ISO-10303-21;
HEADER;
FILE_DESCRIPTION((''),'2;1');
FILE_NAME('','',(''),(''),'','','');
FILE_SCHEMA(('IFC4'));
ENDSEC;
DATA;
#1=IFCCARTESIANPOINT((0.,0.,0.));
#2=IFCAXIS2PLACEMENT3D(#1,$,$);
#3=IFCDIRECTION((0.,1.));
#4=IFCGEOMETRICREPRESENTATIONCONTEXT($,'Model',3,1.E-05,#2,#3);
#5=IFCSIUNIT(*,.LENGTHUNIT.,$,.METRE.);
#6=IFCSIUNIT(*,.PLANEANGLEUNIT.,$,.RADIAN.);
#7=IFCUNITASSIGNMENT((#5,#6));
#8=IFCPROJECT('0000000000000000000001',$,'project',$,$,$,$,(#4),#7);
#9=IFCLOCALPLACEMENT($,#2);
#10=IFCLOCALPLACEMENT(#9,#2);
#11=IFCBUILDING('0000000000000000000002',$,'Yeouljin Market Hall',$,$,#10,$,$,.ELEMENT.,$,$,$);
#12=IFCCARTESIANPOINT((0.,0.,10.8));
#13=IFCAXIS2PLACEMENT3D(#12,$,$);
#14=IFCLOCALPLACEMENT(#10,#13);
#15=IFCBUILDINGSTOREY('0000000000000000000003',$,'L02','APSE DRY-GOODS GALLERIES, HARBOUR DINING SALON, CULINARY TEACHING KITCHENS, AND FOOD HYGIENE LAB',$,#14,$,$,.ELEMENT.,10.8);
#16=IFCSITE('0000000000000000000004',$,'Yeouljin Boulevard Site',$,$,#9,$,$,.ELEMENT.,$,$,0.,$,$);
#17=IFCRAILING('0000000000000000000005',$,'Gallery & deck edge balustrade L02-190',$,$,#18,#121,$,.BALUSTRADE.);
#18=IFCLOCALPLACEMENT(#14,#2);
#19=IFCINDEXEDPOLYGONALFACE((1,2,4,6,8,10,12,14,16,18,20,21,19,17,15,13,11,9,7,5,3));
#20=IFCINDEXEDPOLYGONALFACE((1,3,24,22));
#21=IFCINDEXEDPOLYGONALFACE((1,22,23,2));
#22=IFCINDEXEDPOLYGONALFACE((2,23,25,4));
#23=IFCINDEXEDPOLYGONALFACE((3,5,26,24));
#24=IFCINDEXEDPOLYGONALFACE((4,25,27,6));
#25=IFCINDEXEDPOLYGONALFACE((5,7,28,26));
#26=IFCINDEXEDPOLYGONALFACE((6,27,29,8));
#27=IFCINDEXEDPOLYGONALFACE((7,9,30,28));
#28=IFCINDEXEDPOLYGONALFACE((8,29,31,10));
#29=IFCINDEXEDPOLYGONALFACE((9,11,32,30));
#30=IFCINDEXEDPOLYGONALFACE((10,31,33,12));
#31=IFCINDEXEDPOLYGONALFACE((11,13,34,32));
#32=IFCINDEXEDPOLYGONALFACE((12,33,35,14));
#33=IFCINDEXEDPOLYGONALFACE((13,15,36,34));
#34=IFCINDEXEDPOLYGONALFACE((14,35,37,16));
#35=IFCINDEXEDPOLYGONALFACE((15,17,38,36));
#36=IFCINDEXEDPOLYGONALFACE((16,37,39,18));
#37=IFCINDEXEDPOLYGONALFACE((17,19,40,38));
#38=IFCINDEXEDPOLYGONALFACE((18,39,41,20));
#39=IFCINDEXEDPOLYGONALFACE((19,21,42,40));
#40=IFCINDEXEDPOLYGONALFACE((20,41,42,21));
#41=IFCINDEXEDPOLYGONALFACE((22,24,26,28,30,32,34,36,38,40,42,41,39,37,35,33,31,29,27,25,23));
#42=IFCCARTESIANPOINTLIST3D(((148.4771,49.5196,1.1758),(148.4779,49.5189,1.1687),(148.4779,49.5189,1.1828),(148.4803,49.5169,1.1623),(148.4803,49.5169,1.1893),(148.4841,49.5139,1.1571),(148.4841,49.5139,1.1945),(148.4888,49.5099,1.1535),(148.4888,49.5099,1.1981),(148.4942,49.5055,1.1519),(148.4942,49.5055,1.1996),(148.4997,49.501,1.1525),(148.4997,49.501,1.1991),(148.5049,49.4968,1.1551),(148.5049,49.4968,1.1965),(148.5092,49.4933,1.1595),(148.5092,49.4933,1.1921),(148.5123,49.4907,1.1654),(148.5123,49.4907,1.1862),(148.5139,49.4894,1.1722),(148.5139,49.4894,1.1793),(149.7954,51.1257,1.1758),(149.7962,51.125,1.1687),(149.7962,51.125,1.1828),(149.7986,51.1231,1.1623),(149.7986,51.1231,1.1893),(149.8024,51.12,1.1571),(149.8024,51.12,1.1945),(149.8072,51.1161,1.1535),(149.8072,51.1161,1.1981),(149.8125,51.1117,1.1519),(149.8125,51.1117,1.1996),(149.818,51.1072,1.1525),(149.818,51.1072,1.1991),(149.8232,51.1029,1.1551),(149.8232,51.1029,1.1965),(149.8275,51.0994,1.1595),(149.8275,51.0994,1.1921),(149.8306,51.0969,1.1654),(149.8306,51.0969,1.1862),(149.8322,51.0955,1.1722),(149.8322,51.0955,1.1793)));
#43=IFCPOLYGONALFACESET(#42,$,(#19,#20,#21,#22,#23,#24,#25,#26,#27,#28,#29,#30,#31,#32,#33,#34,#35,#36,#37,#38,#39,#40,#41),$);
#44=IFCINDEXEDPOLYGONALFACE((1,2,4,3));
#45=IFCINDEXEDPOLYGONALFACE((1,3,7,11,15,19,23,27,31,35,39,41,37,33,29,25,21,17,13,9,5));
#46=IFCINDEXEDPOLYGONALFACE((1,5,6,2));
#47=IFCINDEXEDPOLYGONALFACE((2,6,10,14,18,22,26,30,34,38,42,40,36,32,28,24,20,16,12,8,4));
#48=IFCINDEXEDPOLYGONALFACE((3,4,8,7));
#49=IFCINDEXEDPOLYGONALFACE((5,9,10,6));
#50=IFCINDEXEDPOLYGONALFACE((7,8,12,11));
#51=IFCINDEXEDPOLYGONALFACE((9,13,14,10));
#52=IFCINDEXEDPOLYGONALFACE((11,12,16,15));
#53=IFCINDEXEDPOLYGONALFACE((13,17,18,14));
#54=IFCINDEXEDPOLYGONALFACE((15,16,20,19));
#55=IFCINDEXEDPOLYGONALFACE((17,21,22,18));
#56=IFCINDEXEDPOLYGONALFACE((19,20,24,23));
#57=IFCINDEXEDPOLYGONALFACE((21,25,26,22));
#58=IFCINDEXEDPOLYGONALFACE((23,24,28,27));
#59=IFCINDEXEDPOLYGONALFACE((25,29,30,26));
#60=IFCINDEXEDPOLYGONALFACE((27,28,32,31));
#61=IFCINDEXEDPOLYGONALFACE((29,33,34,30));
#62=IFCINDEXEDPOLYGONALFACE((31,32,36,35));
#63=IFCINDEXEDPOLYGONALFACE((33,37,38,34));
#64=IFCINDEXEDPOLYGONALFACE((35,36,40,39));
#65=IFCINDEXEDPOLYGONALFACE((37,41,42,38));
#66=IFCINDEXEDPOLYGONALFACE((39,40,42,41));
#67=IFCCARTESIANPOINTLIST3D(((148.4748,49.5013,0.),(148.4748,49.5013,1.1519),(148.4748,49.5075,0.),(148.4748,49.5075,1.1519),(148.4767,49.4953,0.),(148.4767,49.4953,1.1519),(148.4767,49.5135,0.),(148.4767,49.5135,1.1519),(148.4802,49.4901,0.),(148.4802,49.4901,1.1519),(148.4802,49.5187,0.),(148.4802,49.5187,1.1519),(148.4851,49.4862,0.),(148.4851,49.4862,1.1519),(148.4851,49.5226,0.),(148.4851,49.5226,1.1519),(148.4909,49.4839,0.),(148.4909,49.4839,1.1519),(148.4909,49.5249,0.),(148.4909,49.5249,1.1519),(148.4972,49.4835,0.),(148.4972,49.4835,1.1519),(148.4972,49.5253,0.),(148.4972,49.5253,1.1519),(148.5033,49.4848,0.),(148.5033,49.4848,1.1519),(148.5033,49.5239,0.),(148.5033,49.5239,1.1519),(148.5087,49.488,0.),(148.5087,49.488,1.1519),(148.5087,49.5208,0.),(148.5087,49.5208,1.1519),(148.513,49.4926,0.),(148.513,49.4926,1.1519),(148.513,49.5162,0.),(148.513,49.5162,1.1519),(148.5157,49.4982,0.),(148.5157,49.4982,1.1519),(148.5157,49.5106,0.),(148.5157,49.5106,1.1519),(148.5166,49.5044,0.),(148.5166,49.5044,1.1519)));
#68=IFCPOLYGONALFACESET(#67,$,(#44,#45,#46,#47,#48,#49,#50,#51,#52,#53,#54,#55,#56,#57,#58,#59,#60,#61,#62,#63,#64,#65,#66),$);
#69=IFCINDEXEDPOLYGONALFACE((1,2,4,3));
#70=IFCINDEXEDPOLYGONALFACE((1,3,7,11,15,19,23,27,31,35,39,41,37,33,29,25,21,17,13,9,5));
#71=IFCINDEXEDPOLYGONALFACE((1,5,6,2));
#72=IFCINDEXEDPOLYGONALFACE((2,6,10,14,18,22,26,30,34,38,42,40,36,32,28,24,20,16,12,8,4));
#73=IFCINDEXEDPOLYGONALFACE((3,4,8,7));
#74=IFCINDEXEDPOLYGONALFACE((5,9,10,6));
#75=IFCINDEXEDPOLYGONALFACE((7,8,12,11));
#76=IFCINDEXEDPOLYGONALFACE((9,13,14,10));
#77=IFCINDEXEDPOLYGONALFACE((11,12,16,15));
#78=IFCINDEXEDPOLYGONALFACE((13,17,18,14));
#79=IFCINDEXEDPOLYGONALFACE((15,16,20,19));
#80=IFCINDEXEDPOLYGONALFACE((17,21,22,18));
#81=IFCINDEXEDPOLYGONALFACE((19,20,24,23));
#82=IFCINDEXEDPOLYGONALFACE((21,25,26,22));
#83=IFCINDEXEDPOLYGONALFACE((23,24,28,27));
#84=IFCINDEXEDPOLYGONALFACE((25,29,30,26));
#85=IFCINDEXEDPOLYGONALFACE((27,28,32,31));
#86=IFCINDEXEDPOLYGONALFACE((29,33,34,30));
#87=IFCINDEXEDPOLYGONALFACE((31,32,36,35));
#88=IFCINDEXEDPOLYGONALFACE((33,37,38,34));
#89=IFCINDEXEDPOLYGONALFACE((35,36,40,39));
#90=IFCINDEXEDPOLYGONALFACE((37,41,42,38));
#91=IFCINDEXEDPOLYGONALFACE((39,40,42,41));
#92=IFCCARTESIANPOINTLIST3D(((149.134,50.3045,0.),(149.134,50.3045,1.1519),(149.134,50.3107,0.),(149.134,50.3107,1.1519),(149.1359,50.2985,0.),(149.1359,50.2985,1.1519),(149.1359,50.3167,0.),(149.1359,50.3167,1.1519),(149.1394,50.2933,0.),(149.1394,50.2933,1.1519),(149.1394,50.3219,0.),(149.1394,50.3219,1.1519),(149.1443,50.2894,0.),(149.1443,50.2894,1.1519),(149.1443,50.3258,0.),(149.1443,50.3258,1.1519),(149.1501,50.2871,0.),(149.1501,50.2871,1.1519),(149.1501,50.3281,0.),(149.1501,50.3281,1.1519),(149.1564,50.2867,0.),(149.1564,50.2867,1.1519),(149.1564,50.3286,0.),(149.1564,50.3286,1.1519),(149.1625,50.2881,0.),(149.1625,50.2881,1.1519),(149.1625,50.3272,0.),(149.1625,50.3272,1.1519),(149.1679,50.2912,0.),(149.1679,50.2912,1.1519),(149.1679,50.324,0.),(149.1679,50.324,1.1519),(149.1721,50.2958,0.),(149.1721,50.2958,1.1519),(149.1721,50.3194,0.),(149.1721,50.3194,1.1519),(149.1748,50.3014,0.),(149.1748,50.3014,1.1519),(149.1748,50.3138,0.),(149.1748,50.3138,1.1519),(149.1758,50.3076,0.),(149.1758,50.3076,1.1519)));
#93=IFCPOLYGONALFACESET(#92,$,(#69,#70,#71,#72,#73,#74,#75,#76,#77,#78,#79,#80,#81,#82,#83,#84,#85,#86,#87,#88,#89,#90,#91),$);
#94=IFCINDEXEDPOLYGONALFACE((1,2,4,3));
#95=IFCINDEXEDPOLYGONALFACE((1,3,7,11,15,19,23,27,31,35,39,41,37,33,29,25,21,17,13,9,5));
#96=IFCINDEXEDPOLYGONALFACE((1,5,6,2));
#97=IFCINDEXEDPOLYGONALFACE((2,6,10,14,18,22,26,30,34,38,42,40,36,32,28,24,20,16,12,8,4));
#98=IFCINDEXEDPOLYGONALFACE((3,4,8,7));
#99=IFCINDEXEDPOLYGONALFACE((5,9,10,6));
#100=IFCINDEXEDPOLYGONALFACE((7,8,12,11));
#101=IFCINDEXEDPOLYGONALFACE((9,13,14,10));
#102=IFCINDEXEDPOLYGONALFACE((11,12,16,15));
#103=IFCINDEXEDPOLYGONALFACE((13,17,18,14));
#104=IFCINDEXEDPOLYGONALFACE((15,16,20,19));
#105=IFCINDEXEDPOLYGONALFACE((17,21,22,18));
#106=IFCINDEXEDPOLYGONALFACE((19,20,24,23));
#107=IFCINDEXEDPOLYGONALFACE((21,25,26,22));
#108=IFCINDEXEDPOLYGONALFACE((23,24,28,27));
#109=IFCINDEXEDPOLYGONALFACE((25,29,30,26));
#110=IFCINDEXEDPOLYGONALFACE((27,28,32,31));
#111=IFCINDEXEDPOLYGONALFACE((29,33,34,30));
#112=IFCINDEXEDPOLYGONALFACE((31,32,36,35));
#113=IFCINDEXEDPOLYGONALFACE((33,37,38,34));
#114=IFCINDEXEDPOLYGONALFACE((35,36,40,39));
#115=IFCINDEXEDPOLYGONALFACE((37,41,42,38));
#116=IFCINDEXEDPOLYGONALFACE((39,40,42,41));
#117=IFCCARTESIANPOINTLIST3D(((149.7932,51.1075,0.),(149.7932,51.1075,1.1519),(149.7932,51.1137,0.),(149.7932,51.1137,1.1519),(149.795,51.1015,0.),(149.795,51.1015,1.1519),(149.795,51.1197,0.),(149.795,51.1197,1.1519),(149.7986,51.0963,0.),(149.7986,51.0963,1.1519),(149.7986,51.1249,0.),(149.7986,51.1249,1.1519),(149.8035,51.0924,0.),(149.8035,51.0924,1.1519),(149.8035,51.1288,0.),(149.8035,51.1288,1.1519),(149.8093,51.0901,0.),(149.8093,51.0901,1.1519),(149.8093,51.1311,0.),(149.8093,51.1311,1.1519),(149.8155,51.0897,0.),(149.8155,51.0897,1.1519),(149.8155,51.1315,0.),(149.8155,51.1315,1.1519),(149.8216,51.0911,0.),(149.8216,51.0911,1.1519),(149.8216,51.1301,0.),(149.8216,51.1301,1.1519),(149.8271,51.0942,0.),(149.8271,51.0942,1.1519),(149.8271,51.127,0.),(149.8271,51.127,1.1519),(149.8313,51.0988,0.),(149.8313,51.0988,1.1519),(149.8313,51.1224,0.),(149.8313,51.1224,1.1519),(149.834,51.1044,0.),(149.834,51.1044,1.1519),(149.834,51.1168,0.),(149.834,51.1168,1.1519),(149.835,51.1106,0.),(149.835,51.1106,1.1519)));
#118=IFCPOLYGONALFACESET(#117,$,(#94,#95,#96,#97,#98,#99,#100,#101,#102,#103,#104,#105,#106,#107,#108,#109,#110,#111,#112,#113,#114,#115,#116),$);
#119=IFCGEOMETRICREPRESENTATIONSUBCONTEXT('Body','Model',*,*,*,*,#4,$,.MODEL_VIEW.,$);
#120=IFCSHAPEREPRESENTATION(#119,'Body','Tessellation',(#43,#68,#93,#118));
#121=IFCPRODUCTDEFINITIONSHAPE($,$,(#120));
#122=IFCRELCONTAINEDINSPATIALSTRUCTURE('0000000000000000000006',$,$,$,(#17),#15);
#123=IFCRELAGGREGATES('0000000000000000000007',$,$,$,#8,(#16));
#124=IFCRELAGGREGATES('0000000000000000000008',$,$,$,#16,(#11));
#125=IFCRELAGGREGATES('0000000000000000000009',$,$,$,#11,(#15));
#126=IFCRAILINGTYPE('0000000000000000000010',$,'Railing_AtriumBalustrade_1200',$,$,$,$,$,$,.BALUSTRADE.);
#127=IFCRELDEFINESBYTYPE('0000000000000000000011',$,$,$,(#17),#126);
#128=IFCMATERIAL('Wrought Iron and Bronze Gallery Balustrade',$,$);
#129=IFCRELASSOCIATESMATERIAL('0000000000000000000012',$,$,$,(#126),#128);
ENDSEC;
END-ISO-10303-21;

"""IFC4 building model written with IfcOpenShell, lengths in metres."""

from ifc_helpers import new_model, si_unit, direction, frame, origin, origin_2d, place, context, subcontext, project, spatial, circle, extrude, material, type_object, element, save


model = new_model("IFC4")

# Units and contexts
model_context = context("Model", 3, precision=1e-05, world=origin(), true_north=direction((0.0, 1.0)))
body_context = subcontext(model_context, "Body", "Model", "MODEL_VIEW")
ifc_project = project(units=[si_unit("LENGTHUNIT", "METRE"), si_unit("PLANEANGLEUNIT", "RADIAN")], contexts=[model_context])

# Site, building, storey
site_placement = place(None, origin())
site = spatial("IfcSite", under=ifc_project, at=site_placement, Name="Yeouljin Boulevard Site", CompositionType="ELEMENT", RefElevation=0.0)
building_placement = place(site_placement, origin())
building = spatial("IfcBuilding", under=site, at=building_placement, Name="Yeouljin Market Hall", CompositionType="ELEMENT")
storey_placement = place(building_placement, frame((0.0, 0.0, 10.8)))
storey = spatial("IfcBuildingStorey", under=building, at=storey_placement, Name="L02", Description="APSE DRY-GOODS GALLERIES, HARBOUR DINING SALON, CULINARY TEACHING KITCHENS, AND FOOD HYGIENE LAB", CompositionType="ELEMENT", Elevation=10.8)

# Railing
ifc_material_1 = material(Name="Wrought Iron and Bronze Gallery Balustrade")
railing_type = type_object("IfcRailingType", Name="Railing_AtriumBalustrade_1200", PredefinedType="BALUSTRADE", material=ifc_material_1)
railing_1_placement = place(storey_placement, frame((148.4956, 49.5044, 0.0)))
element("IfcRailing", 1, at=railing_1_placement, inside=storey, type_object=railing_type, Name="Gallery & deck edge balustrade L02-190", PredefinedType="BALUSTRADE", context=body_context, shape_type="SweptSolid", body=[
    extrude(circle(Radius=0.0239, at=origin_2d()), frame((0.0, 0.0, 1.1758), z_axis=(0.634446, 0.772967, 0.0), x_axis=(-0.772967, 0.634446, 0.0)), (0.0, 0.0, 1.0), 2.0779),
    extrude(circle(Radius=0.021, at=origin_2d()), origin(), (0.0, 0.0, 1.0), 1.1519),
    extrude(circle(Radius=0.021, at=origin_2d()), frame((0.6592, 0.8032, 0.0)), (0.0, 0.0, 1.0), 1.1519),
    extrude(circle(Radius=0.021, at=origin_2d()), frame((1.3184, 1.6062, 0.0)), (0.0, 0.0, 1.0), 1.1519),
])

save(model, "model.ifc")
